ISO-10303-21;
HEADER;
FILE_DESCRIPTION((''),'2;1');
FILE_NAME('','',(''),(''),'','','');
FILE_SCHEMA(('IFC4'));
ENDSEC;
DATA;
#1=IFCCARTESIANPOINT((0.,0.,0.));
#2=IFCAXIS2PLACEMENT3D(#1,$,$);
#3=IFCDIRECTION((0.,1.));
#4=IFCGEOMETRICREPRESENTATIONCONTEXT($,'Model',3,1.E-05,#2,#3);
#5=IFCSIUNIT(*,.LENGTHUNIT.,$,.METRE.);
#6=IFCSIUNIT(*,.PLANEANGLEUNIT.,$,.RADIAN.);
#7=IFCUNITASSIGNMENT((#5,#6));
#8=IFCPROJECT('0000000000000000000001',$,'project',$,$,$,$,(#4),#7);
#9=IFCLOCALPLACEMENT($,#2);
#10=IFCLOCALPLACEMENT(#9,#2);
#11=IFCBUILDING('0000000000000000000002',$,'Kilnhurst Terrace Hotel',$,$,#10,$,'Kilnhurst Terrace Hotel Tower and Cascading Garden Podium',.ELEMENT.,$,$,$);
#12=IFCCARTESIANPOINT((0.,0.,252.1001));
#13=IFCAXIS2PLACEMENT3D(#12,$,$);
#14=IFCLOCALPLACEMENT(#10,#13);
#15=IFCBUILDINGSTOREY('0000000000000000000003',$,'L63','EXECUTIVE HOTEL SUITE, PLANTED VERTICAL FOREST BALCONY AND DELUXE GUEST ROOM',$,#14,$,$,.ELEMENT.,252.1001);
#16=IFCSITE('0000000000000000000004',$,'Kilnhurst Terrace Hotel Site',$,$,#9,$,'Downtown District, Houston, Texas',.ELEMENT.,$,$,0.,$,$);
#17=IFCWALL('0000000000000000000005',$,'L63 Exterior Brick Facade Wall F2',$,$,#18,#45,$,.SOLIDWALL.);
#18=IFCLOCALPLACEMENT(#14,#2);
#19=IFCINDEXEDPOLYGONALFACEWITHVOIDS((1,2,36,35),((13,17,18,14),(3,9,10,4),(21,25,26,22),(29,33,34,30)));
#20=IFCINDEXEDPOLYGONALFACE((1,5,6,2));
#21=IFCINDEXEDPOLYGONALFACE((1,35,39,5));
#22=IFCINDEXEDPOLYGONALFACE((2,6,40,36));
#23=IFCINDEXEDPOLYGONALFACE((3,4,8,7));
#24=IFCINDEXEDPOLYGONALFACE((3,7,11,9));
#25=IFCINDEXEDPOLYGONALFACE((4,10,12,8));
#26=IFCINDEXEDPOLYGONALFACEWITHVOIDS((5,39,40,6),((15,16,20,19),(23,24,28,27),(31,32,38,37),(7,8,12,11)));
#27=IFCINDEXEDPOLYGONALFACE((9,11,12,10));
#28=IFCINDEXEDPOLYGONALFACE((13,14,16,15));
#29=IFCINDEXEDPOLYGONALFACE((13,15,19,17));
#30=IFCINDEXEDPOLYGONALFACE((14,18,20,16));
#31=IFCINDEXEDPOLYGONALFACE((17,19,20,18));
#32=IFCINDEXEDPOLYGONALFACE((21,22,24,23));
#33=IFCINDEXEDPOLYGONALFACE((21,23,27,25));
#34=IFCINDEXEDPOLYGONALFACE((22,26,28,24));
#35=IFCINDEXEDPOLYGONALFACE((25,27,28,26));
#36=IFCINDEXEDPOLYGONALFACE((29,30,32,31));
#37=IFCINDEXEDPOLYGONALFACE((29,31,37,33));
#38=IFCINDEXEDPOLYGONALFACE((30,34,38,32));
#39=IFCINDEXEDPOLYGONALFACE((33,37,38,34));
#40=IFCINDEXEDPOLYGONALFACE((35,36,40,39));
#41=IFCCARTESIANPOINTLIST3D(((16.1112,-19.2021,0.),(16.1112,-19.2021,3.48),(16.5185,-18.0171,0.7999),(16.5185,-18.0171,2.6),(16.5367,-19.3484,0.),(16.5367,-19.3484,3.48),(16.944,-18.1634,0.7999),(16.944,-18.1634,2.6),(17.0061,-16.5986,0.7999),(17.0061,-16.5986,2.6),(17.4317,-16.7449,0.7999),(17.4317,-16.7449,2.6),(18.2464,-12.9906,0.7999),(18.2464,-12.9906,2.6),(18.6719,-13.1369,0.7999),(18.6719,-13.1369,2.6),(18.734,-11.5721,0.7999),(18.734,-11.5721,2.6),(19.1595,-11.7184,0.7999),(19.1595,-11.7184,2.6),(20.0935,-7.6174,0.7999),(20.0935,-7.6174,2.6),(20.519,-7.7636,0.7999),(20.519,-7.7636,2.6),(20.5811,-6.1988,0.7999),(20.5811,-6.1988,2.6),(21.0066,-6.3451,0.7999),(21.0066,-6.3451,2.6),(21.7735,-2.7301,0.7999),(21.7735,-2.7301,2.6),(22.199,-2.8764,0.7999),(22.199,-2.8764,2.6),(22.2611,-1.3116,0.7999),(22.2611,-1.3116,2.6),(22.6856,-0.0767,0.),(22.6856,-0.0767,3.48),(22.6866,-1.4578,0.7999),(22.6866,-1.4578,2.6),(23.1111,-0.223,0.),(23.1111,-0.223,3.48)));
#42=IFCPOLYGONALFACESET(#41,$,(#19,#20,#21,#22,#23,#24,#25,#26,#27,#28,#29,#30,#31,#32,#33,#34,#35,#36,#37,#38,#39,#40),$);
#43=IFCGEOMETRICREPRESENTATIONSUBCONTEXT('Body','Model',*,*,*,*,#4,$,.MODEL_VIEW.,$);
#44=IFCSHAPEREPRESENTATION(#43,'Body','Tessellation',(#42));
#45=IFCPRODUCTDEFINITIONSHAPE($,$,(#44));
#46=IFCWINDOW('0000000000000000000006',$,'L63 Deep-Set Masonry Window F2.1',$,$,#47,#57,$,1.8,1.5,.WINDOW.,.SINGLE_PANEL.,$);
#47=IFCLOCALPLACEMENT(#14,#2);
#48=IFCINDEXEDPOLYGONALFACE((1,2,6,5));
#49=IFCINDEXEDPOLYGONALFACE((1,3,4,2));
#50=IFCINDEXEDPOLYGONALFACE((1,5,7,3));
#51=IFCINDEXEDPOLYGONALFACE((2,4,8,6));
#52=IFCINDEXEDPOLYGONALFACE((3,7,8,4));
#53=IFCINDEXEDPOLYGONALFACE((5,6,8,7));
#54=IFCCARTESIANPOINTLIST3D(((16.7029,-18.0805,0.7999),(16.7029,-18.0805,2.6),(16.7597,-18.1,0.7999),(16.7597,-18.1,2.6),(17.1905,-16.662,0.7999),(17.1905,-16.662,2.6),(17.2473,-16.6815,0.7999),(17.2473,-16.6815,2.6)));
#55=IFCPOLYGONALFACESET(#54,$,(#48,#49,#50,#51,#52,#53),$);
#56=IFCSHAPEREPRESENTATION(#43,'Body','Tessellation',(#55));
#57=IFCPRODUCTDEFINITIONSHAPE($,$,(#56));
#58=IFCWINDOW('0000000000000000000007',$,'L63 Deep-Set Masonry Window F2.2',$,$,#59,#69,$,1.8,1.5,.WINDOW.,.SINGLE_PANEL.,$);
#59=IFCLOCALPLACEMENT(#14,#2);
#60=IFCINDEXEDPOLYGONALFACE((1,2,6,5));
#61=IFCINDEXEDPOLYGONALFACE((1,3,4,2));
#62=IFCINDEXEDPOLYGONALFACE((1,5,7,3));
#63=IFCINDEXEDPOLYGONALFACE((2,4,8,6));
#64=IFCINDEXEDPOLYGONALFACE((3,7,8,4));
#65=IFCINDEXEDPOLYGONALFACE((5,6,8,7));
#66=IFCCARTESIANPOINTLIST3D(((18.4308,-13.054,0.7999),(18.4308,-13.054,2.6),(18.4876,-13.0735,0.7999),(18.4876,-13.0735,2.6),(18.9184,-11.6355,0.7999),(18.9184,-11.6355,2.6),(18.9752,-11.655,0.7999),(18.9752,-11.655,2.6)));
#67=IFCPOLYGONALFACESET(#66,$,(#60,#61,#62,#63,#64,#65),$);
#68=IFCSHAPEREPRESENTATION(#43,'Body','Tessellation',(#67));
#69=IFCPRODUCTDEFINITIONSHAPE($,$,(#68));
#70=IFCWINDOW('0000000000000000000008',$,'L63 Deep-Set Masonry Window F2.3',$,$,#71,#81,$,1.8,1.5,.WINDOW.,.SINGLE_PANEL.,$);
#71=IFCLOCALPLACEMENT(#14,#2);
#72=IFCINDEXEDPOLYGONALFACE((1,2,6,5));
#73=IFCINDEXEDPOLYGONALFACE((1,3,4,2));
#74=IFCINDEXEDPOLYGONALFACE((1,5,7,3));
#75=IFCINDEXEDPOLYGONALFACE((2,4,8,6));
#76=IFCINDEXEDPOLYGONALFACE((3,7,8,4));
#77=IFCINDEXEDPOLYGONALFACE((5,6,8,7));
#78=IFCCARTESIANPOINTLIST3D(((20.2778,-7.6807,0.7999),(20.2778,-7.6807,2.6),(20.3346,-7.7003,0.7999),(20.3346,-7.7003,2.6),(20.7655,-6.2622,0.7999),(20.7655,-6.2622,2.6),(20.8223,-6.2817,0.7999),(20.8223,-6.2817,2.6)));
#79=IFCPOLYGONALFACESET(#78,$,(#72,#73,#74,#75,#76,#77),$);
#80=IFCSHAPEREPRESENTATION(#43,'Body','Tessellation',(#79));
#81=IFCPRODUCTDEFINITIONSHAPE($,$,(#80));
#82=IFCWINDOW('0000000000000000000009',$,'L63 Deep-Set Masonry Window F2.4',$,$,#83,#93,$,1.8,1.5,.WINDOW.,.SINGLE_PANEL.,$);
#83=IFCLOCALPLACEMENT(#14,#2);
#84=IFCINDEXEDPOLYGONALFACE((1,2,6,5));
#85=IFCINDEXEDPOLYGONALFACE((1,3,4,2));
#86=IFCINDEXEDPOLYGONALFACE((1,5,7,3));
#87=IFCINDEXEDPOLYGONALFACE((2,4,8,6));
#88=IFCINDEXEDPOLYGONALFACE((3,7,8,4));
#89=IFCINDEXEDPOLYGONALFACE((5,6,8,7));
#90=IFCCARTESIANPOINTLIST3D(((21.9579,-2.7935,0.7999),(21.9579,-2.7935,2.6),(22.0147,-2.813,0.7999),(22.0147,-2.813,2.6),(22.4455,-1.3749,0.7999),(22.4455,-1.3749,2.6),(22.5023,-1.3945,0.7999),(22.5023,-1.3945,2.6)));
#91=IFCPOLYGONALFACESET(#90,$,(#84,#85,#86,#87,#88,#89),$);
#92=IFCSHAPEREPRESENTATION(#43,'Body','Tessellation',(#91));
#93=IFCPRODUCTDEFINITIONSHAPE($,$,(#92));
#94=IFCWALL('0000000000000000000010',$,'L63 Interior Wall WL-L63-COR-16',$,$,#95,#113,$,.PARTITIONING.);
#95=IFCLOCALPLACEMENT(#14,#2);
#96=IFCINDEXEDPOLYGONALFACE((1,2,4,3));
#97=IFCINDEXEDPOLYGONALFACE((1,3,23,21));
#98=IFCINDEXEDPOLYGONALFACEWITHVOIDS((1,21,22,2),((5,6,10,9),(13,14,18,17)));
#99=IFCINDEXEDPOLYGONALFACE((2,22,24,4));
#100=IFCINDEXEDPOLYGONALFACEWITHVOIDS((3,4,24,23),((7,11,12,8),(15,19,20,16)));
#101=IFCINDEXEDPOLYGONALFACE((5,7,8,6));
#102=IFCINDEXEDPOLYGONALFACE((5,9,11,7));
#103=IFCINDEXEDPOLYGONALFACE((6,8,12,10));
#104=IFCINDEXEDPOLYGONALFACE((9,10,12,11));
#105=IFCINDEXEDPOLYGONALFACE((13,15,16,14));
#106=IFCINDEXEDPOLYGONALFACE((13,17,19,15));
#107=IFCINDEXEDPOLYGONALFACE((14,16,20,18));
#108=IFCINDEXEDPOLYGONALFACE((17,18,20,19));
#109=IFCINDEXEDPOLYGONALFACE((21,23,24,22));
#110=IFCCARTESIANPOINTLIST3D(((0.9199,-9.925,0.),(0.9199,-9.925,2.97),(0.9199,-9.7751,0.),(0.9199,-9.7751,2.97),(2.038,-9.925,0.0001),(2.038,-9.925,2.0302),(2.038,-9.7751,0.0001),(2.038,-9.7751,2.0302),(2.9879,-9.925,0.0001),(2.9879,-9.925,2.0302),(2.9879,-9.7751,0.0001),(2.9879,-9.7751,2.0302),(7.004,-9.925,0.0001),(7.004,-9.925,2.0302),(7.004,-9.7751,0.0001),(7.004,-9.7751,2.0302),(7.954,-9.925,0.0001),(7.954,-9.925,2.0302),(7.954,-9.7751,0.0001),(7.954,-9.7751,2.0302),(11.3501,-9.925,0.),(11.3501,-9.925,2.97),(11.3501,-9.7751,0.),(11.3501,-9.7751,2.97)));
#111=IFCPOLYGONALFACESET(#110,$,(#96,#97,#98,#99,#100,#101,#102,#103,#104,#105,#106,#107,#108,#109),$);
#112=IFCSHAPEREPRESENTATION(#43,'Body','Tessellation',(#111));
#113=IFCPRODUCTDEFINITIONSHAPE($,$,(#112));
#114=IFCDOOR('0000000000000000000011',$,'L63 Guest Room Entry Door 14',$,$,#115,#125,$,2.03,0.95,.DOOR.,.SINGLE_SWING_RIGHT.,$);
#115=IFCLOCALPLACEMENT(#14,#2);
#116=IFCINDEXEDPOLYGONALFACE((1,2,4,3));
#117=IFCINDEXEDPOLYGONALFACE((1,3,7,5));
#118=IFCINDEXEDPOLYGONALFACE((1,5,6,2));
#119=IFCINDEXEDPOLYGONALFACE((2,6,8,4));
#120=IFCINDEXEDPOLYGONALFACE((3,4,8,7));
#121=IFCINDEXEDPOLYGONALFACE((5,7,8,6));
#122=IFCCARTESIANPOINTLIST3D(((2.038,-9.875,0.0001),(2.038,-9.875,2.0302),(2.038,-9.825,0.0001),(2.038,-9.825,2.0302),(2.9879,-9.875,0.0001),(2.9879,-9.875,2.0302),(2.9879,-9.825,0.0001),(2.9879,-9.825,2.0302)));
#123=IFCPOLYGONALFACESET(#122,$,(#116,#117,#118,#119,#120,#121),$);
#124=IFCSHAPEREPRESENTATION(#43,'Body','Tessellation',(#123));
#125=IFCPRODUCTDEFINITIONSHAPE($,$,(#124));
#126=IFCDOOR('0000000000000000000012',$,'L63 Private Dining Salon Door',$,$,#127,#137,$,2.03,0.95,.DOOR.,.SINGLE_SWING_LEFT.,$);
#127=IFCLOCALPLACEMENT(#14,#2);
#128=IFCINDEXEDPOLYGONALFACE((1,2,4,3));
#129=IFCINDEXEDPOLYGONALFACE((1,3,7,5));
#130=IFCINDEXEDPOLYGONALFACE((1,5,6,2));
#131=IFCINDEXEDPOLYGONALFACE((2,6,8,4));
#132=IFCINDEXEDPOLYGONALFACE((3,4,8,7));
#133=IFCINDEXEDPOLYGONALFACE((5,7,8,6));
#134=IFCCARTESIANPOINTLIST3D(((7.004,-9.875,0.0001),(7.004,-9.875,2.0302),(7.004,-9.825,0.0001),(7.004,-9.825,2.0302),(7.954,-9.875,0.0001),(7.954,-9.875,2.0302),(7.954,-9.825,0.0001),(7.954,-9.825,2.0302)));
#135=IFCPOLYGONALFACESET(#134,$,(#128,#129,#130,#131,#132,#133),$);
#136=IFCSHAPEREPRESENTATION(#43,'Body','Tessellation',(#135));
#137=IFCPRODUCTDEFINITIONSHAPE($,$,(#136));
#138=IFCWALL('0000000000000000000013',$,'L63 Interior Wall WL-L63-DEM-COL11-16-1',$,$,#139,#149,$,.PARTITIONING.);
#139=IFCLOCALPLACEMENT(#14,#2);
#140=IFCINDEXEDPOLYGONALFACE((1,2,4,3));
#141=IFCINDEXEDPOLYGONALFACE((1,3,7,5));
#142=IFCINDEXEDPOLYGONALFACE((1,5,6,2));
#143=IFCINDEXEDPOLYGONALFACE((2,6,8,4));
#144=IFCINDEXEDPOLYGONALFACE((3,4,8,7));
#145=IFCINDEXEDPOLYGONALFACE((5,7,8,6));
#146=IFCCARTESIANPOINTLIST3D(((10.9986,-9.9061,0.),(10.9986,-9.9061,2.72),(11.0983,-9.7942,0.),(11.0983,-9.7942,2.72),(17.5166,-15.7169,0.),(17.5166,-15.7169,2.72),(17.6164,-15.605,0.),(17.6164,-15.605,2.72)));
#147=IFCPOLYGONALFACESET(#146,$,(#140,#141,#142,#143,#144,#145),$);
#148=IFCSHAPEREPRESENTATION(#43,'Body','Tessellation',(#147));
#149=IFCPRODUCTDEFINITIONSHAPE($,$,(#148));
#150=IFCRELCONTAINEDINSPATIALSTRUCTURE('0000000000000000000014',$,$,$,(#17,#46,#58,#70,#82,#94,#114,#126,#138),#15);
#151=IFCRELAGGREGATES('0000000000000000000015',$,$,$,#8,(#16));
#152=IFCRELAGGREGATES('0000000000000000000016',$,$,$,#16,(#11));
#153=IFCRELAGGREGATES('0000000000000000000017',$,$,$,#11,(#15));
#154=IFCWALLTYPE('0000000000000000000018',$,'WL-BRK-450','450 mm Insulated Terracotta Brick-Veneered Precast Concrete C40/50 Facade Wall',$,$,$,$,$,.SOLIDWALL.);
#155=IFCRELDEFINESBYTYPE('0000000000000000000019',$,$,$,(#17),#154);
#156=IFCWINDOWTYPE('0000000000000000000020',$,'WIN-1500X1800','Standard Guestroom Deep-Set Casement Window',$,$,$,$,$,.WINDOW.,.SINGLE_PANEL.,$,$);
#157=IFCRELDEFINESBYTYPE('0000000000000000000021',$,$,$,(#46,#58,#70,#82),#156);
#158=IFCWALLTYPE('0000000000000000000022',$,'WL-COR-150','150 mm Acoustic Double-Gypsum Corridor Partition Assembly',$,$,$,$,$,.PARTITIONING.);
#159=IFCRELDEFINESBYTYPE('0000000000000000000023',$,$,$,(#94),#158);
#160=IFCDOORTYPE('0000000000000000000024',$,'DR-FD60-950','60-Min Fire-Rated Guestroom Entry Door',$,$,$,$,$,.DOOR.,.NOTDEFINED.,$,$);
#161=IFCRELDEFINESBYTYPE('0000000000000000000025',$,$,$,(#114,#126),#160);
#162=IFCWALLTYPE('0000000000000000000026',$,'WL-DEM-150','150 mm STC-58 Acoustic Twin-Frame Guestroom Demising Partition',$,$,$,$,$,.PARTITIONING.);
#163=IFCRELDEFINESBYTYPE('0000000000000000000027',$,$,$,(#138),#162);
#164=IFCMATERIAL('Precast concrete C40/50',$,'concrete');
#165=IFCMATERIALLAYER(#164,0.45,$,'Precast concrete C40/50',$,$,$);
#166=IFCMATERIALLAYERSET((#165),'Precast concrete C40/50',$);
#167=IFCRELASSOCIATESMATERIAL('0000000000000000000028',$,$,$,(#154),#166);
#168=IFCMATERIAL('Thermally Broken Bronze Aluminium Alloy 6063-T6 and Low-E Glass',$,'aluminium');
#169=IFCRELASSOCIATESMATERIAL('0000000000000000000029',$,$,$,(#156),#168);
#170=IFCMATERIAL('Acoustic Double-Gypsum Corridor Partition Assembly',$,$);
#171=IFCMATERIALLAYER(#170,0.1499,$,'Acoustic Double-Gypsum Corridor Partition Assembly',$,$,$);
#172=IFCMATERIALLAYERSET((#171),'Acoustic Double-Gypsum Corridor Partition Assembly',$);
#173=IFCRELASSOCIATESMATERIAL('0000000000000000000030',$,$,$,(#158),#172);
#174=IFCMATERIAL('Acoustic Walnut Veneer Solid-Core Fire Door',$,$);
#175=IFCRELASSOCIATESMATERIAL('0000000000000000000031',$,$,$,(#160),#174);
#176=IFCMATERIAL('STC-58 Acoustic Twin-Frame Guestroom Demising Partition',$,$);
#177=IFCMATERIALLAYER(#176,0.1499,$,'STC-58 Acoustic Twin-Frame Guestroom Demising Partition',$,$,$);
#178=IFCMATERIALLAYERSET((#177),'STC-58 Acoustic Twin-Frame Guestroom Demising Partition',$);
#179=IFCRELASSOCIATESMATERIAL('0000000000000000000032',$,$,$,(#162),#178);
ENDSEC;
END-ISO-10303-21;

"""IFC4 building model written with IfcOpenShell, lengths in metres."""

from ifc_helpers import new_model, si_unit, direction, frame, frame_2d, origin, place, context, subcontext, project, spatial, rectangle, extrude, material, layer, layer_set, type_object, element, fill, save


model = new_model("IFC4")

# Units and contexts
model_context = context("Model", 3, precision=1e-05, world=origin(), true_north=direction((0.0, 1.0)))
body_context = subcontext(model_context, "Body", "Model", "MODEL_VIEW")
ifc_project = project(units=[si_unit("LENGTHUNIT", "METRE"), si_unit("PLANEANGLEUNIT", "RADIAN")], contexts=[model_context])

# Site, building, storey
site_placement = place(None, origin())
site = spatial("IfcSite", under=ifc_project, at=site_placement, Name="Kilnhurst Terrace Hotel Site", LongName="Downtown District, Houston, Texas", CompositionType="ELEMENT", RefElevation=0.0)
building_placement = place(site_placement, origin())
building = spatial("IfcBuilding", under=site, at=building_placement, Name="Kilnhurst Terrace Hotel", LongName="Kilnhurst Terrace Hotel Tower and Cascading Garden Podium", CompositionType="ELEMENT")
storey_placement = place(building_placement, frame((0.0, 0.0, 252.1001)))
storey = spatial("IfcBuildingStorey", under=building, at=storey_placement, Name="L63", Description="EXECUTIVE HOTEL SUITE, PLANTED VERTICAL FOREST BALCONY AND DELUXE GUEST ROOM", CompositionType="ELEMENT", Elevation=252.1001)

# Shared definitions
ifc_material_1 = material(Name="Precast concrete C40/50", Category="concrete")
ifc_layer_1 = layer(ifc_material_1, 0.45, Name="Precast concrete C40/50")
ifc_layer_set_1 = layer_set([ifc_layer_1], Name="Precast concrete C40/50")
wall_type_1 = type_object("IfcWallType", Name="WL-BRK-450", Description="450 mm Insulated Terracotta Brick-Veneered Precast Concrete C40/50 Facade Wall", PredefinedType="SOLIDWALL", material=ifc_layer_set_1)

# Wall, openings, windows
wall_1_placement = place(storey_placement, frame((16.324, -19.2751, 0.0), z_axis=(0.0, 0.0, 1.0), x_axis=(0.325083, 0.945685, 0.0)))
wall_1 = element("IfcWall", 1, at=wall_1_placement, inside=storey, type_object=wall_type_1, Name="L63 Exterior Brick Facade Wall F2", PredefinedType="SOLIDWALL", context=body_context, shape_type="SweptSolid", body=[
    extrude(rectangle(XDim=20.2239, YDim=0.45, at=frame_2d((10.1118, 0.0))), origin(), (0.0, 0.0, 1.0), 3.48),
])
opening_1_placement = place(wall_1_placement, frame((1.2529, 0.0, 0.8)))
opening_1 = element("IfcOpeningElement", 2, at=opening_1_placement, cuts=wall_1, PredefinedType="OPENING", context=body_context, shape_type="SweptSolid", body=[
    extrude(rectangle(XDim=1.5, YDim=1.8, at=frame_2d((0.75, 0.8999))), frame((0.0, 0.2349, 0.0), z_axis=(0.0, -1.0, 0.0), x_axis=(1.0, 0.0, 0.0)), (0.0, 0.0, 1.0), 0.47),
])
opening_2_placement = place(wall_1_placement, frame((6.5681, 0.0, 0.8)))
opening_2 = element("IfcOpeningElement", 3, at=opening_2_placement, cuts=wall_1, PredefinedType="OPENING", context=body_context, shape_type="SweptSolid", body=[
    extrude(rectangle(XDim=1.5, YDim=1.8, at=frame_2d((0.75, 0.8999))), frame((0.0, 0.2349, 0.0), z_axis=(0.0, -1.0, 0.0), x_axis=(1.0, 0.0, 0.0)), (0.0, 0.0, 1.0), 0.47),
])
opening_3_placement = place(wall_1_placement, frame((12.25, 0.0, 0.8)))
opening_3 = element("IfcOpeningElement", 4, at=opening_3_placement, cuts=wall_1, PredefinedType="OPENING", context=body_context, shape_type="SweptSolid", body=[
    extrude(rectangle(XDim=1.5, YDim=1.8, at=frame_2d((0.75, 0.8999))), frame((0.0, 0.2349, 0.0), z_axis=(0.0, -1.0, 0.0), x_axis=(1.0, 0.0, 0.0)), (0.0, 0.0, 1.0), 0.47),
])
opening_4_placement = place(wall_1_placement, frame((17.418, 0.0, 0.8)))
opening_4 = element("IfcOpeningElement", 5, at=opening_4_placement, cuts=wall_1, PredefinedType="OPENING", context=body_context, shape_type="SweptSolid", body=[
    extrude(rectangle(XDim=1.5, YDim=1.8, at=frame_2d((0.75, 0.8999))), frame((0.0, 0.2349, 0.0), z_axis=(0.0, -1.0, 0.0), x_axis=(1.0, 0.0, 0.0)), (0.0, 0.0, 1.0), 0.47),
])
ifc_material_2 = material(Name="Thermally Broken Bronze Aluminium Alloy 6063-T6 and Low-E Glass", Category="aluminium")
window_type = type_object("IfcWindowType", Name="WIN-1500X1800", Description="Standard Guestroom Deep-Set Casement Window", PartitioningType="SINGLE_PANEL", PredefinedType="WINDOW", material=ifc_material_2)
window_1_placement = place(opening_1_placement, origin())
window_1 = element("IfcWindow", 6, at=window_1_placement, inside=storey, type_object=window_type, Name="L63 Deep-Set Masonry Window F2.1", OverallHeight=1.8, OverallWidth=1.5, PartitioningType="SINGLE_PANEL", PredefinedType="WINDOW", context=body_context, shape_type="SweptSolid", body=[
    extrude(rectangle(XDim=1.5, YDim=1.8, at=frame_2d((0.75, 0.8999))), frame((0.0, 0.03, 0.0), z_axis=(0.0, -1.0, 0.0), x_axis=(1.0, 0.0, 0.0)), (0.0, 0.0, 1.0), 0.0601),
])
fill(opening_1, window_1)
window_2_placement = place(opening_2_placement, origin())
window_2 = element("IfcWindow", 7, at=window_2_placement, inside=storey, type_object=window_type, Name="L63 Deep-Set Masonry Window F2.2", OverallHeight=1.8, OverallWidth=1.5, PartitioningType="SINGLE_PANEL", PredefinedType="WINDOW", context=body_context, shape_type="SweptSolid", body=[
    extrude(rectangle(XDim=1.5, YDim=1.8, at=frame_2d((0.75, 0.8999))), frame((0.0, 0.03, 0.0), z_axis=(0.0, -1.0, 0.0), x_axis=(1.0, 0.0, 0.0)), (0.0, 0.0, 1.0), 0.0601),
])
fill(opening_2, window_2)
window_3_placement = place(opening_3_placement, origin())
window_3 = element("IfcWindow", 8, at=window_3_placement, inside=storey, type_object=window_type, Name="L63 Deep-Set Masonry Window F2.3", OverallHeight=1.8, OverallWidth=1.5, PartitioningType="SINGLE_PANEL", PredefinedType="WINDOW", context=body_context, shape_type="SweptSolid", body=[
    extrude(rectangle(XDim=1.5, YDim=1.8, at=frame_2d((0.75, 0.8999))), frame((0.0, 0.03, 0.0), z_axis=(0.0, -1.0, 0.0), x_axis=(1.0, 0.0, 0.0)), (0.0, 0.0, 1.0), 0.0601),
])
fill(opening_3, window_3)
window_4_placement = place(opening_4_placement, origin())
window_4 = element("IfcWindow", 9, at=window_4_placement, inside=storey, type_object=window_type, Name="L63 Deep-Set Masonry Window F2.4", OverallHeight=1.8, OverallWidth=1.5, PartitioningType="SINGLE_PANEL", PredefinedType="WINDOW", context=body_context, shape_type="SweptSolid", body=[
    extrude(rectangle(XDim=1.5, YDim=1.8, at=frame_2d((0.75, 0.8999))), frame((0.0, 0.03, 0.0), z_axis=(0.0, -1.0, 0.0), x_axis=(1.0, 0.0, 0.0)), (0.0, 0.0, 1.0), 0.0601),
])
fill(opening_4, window_4)

# Wall, openings, doors
ifc_material_3 = material(Name="Acoustic Double-Gypsum Corridor Partition Assembly")
ifc_layer_2 = layer(ifc_material_3, 0.1499, Name="Acoustic Double-Gypsum Corridor Partition Assembly")
ifc_layer_set_2 = layer_set([ifc_layer_2], Name="Acoustic Double-Gypsum Corridor Partition Assembly")
wall_type_2 = type_object("IfcWallType", Name="WL-COR-150", Description="150 mm Acoustic Double-Gypsum Corridor Partition Assembly", PredefinedType="PARTITIONING", material=ifc_layer_set_2)
wall_2_placement = place(storey_placement, frame((11.3501, -9.8501, 0.0), z_axis=(0.0, 0.0, 1.0), x_axis=(-1.0, 0.0, 0.0)))
wall_2 = element("IfcWall", 10, at=wall_2_placement, inside=storey, type_object=wall_type_2, Name="L63 Interior Wall WL-L63-COR-16", PredefinedType="PARTITIONING", context=body_context, shape_type="SweptSolid", body=[
    extrude(rectangle(XDim=10.4302, YDim=0.1499, at=frame_2d((5.2151, 0.0))), origin(), (0.0, 0.0, 1.0), 2.97),
])
opening_5_placement = place(wall_2_placement, frame((8.3621, 0.0, 0.0)))
opening_5 = element("IfcOpeningElement", 11, at=opening_5_placement, cuts=wall_2, PredefinedType="OPENING", context=body_context, shape_type="SweptSolid", body=[
    extrude(rectangle(XDim=0.95, YDim=2.03, at=frame_2d((0.4751, 1.0151))), frame((0.0, 0.085, 0.0), z_axis=(0.0, -1.0, 0.0), x_axis=(1.0, 0.0, 0.0)), (0.0, 0.0, 1.0), 0.1699),
])
opening_6_placement = place(wall_2_placement, frame((3.396, 0.0, 0.0)))
opening_6 = element("IfcOpeningElement", 12, at=opening_6_placement, cuts=wall_2, PredefinedType="OPENING", context=body_context, shape_type="SweptSolid", body=[
    extrude(rectangle(XDim=0.95, YDim=2.03, at=frame_2d((0.4751, 1.0151))), frame((0.0, 0.085, 0.0), z_axis=(0.0, -1.0, 0.0), x_axis=(1.0, 0.0, 0.0)), (0.0, 0.0, 1.0), 0.1699),
])
ifc_material_4 = material(Name="Acoustic Walnut Veneer Solid-Core Fire Door")
door_type_1 = type_object("IfcDoorType", Name="DR-FD60-950", Description="60-Min Fire-Rated Guestroom Entry Door", OperationType="NOTDEFINED", PredefinedType="DOOR", material=ifc_material_4)
door_1_placement = place(opening_5_placement, origin())
door_1 = element("IfcDoor", 13, at=door_1_placement, inside=storey, type_object=door_type_1, Name="L63 Guest Room Entry Door 14", OperationType="SINGLE_SWING_RIGHT", OverallHeight=2.03, OverallWidth=0.95, PredefinedType="DOOR", context=body_context, shape_type="SweptSolid", body=[
    extrude(rectangle(XDim=0.95, YDim=2.03, at=frame_2d((0.4751, 1.0151))), frame((0.0, 0.0249, 0.0), z_axis=(0.0, -1.0, 0.0), x_axis=(1.0, 0.0, 0.0)), (0.0, 0.0, 1.0), 0.05),
])
fill(opening_5, door_1)
door_2_placement = place(opening_6_placement, origin())
door_2 = element("IfcDoor", 14, at=door_2_placement, inside=storey, type_object=door_type_1, Name="L63 Private Dining Salon Door", OperationType="SINGLE_SWING_LEFT", OverallHeight=2.03, OverallWidth=0.95, PredefinedType="DOOR", context=body_context, shape_type="SweptSolid", body=[
    extrude(rectangle(XDim=0.95, YDim=2.03, at=frame_2d((0.4751, 1.0151))), frame((0.0, 0.0249, 0.0), z_axis=(0.0, -1.0, 0.0), x_axis=(1.0, 0.0, 0.0)), (0.0, 0.0, 1.0), 0.05),
])
fill(opening_6, door_2)

# Wall
ifc_material_5 = material(Name="STC-58 Acoustic Twin-Frame Guestroom Demising Partition")
ifc_layer_3 = layer(ifc_material_5, 0.1499, Name="STC-58 Acoustic Twin-Frame Guestroom Demising Partition")
ifc_layer_set_3 = layer_set([ifc_layer_3], Name="STC-58 Acoustic Twin-Frame Guestroom Demising Partition")
wall_type_3 = type_object("IfcWallType", Name="WL-DEM-150", Description="150 mm STC-58 Acoustic Twin-Frame Guestroom Demising Partition", PredefinedType="PARTITIONING", material=ifc_layer_set_3)
wall_3_placement = place(storey_placement, frame((11.0483, -9.8501, 0.0), z_axis=(0.0, 0.0, 1.0), x_axis=(0.746444, -0.665448, 0.0)))
element("IfcWall", 15, at=wall_3_placement, inside=storey, type_object=wall_type_3, Name="L63 Interior Wall WL-L63-DEM-COL11-16-1", PredefinedType="PARTITIONING", context=body_context, shape_type="SweptSolid", body=[
    extrude(rectangle(XDim=8.7322, YDim=0.1499, at=frame_2d((4.3662, 0.0))), origin(), (0.0, 0.0, 1.0), 2.72),
])

save(model, "model.ifc")
